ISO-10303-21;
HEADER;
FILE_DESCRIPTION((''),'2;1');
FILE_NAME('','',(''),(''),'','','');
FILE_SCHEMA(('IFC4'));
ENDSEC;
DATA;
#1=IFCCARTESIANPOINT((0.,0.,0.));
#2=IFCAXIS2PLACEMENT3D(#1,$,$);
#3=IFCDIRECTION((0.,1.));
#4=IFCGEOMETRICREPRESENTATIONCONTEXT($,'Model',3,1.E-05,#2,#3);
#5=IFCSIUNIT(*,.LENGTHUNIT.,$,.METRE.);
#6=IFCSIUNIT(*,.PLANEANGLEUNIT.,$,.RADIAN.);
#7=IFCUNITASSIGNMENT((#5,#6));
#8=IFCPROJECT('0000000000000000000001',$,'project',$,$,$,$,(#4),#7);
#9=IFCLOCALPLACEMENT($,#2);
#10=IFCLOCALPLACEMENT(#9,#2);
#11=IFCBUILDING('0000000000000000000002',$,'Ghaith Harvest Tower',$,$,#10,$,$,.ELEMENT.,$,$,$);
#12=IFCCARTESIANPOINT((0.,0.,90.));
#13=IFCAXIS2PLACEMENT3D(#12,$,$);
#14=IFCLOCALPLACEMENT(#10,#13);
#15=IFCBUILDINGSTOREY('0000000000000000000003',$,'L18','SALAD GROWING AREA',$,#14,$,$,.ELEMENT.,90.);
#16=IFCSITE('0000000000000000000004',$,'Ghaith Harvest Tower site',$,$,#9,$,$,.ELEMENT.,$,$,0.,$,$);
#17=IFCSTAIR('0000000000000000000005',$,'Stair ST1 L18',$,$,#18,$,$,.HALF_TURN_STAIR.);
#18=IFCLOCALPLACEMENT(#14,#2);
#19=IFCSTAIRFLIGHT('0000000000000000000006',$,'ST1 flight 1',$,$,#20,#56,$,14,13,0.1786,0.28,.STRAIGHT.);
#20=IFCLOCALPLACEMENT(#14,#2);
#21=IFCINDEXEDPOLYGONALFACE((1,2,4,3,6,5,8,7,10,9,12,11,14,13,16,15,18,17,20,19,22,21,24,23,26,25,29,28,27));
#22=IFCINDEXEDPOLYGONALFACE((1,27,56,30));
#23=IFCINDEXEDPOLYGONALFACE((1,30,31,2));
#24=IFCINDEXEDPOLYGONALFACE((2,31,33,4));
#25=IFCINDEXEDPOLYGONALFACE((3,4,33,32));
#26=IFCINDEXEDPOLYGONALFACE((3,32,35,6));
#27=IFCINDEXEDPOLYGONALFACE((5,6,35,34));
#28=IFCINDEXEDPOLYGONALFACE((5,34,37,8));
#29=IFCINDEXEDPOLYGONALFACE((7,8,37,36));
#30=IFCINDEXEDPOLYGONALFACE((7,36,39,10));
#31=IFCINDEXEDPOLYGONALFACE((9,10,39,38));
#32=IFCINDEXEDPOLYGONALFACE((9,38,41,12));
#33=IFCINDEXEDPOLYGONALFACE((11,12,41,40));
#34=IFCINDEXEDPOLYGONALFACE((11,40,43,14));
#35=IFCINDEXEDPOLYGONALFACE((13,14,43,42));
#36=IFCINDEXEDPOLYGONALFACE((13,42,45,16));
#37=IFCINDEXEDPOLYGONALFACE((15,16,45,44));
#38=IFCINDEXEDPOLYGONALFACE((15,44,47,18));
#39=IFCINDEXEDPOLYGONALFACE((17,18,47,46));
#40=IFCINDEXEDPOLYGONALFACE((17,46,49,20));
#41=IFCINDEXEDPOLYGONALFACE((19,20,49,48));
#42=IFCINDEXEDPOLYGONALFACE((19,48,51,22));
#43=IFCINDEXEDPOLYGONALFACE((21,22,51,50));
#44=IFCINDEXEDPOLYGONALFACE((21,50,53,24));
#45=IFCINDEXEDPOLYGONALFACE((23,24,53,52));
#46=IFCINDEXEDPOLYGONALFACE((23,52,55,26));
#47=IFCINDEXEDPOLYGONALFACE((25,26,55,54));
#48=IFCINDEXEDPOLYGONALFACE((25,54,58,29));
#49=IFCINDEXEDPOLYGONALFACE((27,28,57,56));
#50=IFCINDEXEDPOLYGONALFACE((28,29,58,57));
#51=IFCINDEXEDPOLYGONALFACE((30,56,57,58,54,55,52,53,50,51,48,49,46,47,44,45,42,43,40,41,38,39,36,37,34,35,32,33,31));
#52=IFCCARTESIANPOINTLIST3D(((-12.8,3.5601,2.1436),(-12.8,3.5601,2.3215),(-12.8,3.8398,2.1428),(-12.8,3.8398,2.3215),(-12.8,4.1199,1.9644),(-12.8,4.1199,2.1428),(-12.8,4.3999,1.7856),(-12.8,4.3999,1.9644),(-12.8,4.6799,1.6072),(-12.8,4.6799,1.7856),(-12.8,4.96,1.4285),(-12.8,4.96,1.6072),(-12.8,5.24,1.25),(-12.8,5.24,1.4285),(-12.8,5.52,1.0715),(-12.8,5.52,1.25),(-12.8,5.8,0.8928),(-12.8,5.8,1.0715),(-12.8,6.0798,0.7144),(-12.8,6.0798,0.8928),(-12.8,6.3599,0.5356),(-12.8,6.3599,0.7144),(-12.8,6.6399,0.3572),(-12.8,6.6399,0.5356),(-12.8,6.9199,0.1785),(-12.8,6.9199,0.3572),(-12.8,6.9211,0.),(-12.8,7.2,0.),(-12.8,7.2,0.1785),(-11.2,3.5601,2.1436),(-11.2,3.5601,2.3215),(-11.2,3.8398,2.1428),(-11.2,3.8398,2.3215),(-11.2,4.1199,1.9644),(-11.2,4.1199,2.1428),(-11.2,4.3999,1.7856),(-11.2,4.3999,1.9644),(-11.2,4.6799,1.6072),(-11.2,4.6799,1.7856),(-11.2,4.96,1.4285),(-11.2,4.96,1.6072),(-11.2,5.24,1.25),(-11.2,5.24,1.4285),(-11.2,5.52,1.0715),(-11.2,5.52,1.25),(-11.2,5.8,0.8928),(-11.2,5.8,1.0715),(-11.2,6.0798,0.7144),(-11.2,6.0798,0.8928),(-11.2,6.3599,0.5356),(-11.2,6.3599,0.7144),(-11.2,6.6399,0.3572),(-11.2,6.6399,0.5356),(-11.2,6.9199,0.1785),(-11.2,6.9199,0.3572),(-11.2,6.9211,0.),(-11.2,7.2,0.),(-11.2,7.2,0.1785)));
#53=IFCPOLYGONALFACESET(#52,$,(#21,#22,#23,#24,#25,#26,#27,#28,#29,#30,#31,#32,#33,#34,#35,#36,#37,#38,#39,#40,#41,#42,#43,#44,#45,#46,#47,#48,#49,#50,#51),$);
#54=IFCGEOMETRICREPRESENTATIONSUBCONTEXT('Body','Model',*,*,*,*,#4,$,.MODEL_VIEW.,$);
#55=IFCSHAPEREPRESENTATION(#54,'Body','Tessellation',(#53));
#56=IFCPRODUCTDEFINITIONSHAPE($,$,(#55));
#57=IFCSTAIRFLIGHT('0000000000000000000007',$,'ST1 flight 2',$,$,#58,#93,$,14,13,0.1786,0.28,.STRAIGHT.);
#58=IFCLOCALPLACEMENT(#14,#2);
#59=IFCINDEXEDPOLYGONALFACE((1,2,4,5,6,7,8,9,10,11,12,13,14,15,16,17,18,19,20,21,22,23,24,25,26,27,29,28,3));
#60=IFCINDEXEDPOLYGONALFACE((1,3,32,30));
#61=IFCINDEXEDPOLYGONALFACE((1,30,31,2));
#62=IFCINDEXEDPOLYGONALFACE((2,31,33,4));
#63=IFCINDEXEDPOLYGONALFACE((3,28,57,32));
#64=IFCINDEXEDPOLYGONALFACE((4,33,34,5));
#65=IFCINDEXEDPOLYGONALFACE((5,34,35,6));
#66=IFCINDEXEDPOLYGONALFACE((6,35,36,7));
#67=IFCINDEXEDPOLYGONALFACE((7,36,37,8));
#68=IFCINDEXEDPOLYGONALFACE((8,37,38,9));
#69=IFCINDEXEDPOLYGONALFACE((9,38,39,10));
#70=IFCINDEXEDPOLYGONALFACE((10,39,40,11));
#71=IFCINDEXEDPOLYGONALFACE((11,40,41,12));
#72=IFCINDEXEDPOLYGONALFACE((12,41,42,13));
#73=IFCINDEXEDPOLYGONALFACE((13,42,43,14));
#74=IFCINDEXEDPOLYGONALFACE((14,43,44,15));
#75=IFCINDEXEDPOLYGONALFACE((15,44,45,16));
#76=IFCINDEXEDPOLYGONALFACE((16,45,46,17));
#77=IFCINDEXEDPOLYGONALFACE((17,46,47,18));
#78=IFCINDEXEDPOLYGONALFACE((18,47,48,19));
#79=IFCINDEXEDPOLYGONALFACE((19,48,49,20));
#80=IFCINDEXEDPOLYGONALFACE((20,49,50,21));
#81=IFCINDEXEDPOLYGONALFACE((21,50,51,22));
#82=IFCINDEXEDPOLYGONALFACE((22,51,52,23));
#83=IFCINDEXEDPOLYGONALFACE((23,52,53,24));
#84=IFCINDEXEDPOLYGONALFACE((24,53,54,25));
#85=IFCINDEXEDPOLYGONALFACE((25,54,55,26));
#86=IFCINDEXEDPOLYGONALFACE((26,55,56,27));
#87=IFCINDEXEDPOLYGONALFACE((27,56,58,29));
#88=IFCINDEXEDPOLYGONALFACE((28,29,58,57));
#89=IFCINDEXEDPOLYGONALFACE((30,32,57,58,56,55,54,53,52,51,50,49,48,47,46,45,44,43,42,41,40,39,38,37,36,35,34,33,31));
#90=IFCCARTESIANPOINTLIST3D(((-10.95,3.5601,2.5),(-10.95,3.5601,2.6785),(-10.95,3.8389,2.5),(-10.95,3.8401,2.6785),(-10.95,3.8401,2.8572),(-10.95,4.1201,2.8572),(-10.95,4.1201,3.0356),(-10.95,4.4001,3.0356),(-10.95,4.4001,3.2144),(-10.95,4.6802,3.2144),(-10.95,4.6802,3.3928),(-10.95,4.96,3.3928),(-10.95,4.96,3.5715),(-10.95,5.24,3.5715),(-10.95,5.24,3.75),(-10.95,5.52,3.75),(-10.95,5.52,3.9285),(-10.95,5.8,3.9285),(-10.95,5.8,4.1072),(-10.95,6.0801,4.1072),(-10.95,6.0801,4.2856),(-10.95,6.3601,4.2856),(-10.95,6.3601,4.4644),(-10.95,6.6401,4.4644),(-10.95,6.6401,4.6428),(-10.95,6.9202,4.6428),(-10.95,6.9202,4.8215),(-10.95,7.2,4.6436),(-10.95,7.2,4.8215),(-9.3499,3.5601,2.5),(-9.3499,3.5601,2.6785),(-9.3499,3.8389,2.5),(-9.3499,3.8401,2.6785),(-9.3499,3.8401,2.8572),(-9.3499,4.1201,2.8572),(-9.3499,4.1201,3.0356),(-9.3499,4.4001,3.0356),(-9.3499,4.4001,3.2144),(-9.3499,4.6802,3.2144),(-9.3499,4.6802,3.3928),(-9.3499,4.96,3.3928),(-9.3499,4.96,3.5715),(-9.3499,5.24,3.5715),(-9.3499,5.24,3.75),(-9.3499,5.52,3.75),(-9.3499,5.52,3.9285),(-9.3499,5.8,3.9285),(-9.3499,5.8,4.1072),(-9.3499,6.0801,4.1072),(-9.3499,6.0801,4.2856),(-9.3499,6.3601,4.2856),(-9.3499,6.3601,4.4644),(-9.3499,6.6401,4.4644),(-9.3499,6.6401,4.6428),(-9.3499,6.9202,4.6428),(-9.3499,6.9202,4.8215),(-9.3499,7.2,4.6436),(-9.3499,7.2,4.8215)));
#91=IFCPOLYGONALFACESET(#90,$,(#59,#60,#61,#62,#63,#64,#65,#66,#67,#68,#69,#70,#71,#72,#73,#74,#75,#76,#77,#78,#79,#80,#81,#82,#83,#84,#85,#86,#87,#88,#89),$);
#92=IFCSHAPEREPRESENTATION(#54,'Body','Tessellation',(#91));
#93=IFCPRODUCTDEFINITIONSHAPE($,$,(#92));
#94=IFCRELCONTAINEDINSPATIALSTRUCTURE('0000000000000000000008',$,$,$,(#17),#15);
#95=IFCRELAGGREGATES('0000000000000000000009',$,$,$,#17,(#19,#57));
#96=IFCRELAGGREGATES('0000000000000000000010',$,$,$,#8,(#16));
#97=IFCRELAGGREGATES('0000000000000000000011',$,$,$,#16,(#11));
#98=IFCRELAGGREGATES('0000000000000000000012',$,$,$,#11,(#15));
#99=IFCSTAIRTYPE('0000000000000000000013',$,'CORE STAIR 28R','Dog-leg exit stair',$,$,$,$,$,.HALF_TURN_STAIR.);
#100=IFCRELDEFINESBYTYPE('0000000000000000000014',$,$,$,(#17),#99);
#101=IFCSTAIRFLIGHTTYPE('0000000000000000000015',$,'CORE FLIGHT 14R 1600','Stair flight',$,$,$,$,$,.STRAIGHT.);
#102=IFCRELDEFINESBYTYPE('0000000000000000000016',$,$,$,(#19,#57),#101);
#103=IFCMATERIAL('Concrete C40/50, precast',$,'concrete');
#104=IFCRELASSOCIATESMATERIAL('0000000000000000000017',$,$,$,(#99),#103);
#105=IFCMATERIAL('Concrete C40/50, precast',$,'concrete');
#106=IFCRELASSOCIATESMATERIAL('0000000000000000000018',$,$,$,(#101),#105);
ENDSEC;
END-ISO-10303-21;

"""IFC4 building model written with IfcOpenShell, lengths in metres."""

from ifc_helpers import new_model, si_unit, direction, frame, origin, place, context, subcontext, project, spatial, polyline, outline, extrude, material, type_object, element, aggregate, save


model = new_model("IFC4")

# Units and contexts
model_context = context("Model", 3, precision=1e-05, world=origin(), true_north=direction((0.0, 1.0)))
body_context = subcontext(model_context, "Body", "Model", "MODEL_VIEW")
ifc_project = project(units=[si_unit("LENGTHUNIT", "METRE"), si_unit("PLANEANGLEUNIT", "RADIAN")], contexts=[model_context])

# Site, building, storey
site_placement = place(None, origin())
site = spatial("IfcSite", under=ifc_project, at=site_placement, Name="Ghaith Harvest Tower site", CompositionType="ELEMENT", RefElevation=0.0)
building_placement = place(site_placement, origin())
building = spatial("IfcBuilding", under=site, at=building_placement, Name="Ghaith Harvest Tower", CompositionType="ELEMENT")
storey_placement = place(building_placement, frame((0.0, 0.0, 90.0)))
storey = spatial("IfcBuildingStorey", under=building, at=storey_placement, Name="L18", Description="SALAD GROWING AREA", CompositionType="ELEMENT", Elevation=90.0)

# Stair, stair flights
ifc_material_1 = material(Name="Concrete C40/50, precast", Category="concrete")
stair_type = type_object("IfcStairType", Name="CORE STAIR 28R", Description="Dog-leg exit stair", PredefinedType="HALF_TURN_STAIR", material=ifc_material_1)
stair_placement = place(storey_placement, origin())
stair = element("IfcStair", 1, at=stair_placement, inside=storey, type_object=stair_type, Name="Stair ST1 L18", PredefinedType="HALF_TURN_STAIR")
ifc_material_2 = material(Name="Concrete C40/50, precast", Category="concrete")
stair_flight_type = type_object("IfcStairFlightType", Name="CORE FLIGHT 14R 1600", Description="Stair flight", PredefinedType="STRAIGHT", material=ifc_material_2)
stair_flight_1_placement = place(storey_placement, frame((-12.0, 7.2, 0.0), z_axis=(0.0, 0.0, 1.0), x_axis=(0.0, -1.0, 0.0)))
stair_flight_1 = element("IfcStairFlight", 2, at=stair_flight_1_placement, type_object=stair_flight_type, Name="ST1 flight 1", NumberOfRisers=14, NumberOfTreads=13, PredefinedType="STRAIGHT", RiserHeight=0.1786, TreadLength=0.28, context=body_context, shape_type="SweptSolid", body=[
    extrude(outline(polyline([(0.0, 0.0), (0.0, 0.1785), (0.28, 0.1785), (0.28, 0.3572), (0.5601, 0.3572), (0.5601, 0.5356), (0.8401, 0.5356), (0.8401, 0.7144), (1.1201, 0.7144), (1.1201, 0.8928), (1.3999, 0.8928), (1.3999, 1.0715), (1.6799, 1.0715), (1.6799, 1.25), (1.96, 1.25), (1.96, 1.4285), (2.24, 1.4285), (2.24, 1.6072), (2.52, 1.6072), (2.52, 1.7856), (2.8, 1.7856), (2.8, 1.9644), (3.0801, 1.9644), (3.0801, 2.1428), (3.3601, 2.1428), (3.3601, 2.3215), (3.6399, 2.3215), (3.6399, 2.5), (3.6399, 2.1436), (0.2788, 0.0), (0.0, 0.0)])), frame((0.0, 0.8, 0.0), z_axis=(0.0, -1.0, 0.0), x_axis=(1.0, 0.0, 0.0)), (0.0, 0.0, 1.0), 1.6001),
])
stair_flight_2_placement = place(storey_placement, frame((-10.1499, 3.5601, 2.5), z_axis=(0.0, 0.0, 1.0), x_axis=(0.0, 1.0, 0.0)))
stair_flight_2 = element("IfcStairFlight", 3, at=stair_flight_2_placement, type_object=stair_flight_type, Name="ST1 flight 2", NumberOfRisers=14, NumberOfTreads=13, PredefinedType="STRAIGHT", RiserHeight=0.1786, TreadLength=0.28, context=body_context, shape_type="SweptSolid", body=[
    extrude(outline(polyline([(0.0, 0.0), (0.0, 0.1785), (0.28, 0.1785), (0.28, 0.3572), (0.5601, 0.3572), (0.5601, 0.5356), (0.8401, 0.5356), (0.8401, 0.7144), (1.1201, 0.7144), (1.1201, 0.8928), (1.3999, 0.8928), (1.3999, 1.0715), (1.6799, 1.0715), (1.6799, 1.25), (1.96, 1.25), (1.96, 1.4285), (2.24, 1.4285), (2.24, 1.6072), (2.52, 1.6072), (2.52, 1.7856), (2.8, 1.7856), (2.8, 1.9644), (3.0801, 1.9644), (3.0801, 2.1428), (3.3601, 2.1428), (3.3601, 2.3215), (3.6399, 2.3215), (3.6399, 2.5), (3.6399, 2.1436), (0.2788, 0.0), (0.0, 0.0)])), frame((0.0, 0.8, 0.0), z_axis=(0.0, -1.0, 0.0), x_axis=(1.0, 0.0, 0.0)), (0.0, 0.0, 1.0), 1.6001),
])
aggregate(stair, [stair_flight_1, stair_flight_2])

save(model, "model.ifc")
